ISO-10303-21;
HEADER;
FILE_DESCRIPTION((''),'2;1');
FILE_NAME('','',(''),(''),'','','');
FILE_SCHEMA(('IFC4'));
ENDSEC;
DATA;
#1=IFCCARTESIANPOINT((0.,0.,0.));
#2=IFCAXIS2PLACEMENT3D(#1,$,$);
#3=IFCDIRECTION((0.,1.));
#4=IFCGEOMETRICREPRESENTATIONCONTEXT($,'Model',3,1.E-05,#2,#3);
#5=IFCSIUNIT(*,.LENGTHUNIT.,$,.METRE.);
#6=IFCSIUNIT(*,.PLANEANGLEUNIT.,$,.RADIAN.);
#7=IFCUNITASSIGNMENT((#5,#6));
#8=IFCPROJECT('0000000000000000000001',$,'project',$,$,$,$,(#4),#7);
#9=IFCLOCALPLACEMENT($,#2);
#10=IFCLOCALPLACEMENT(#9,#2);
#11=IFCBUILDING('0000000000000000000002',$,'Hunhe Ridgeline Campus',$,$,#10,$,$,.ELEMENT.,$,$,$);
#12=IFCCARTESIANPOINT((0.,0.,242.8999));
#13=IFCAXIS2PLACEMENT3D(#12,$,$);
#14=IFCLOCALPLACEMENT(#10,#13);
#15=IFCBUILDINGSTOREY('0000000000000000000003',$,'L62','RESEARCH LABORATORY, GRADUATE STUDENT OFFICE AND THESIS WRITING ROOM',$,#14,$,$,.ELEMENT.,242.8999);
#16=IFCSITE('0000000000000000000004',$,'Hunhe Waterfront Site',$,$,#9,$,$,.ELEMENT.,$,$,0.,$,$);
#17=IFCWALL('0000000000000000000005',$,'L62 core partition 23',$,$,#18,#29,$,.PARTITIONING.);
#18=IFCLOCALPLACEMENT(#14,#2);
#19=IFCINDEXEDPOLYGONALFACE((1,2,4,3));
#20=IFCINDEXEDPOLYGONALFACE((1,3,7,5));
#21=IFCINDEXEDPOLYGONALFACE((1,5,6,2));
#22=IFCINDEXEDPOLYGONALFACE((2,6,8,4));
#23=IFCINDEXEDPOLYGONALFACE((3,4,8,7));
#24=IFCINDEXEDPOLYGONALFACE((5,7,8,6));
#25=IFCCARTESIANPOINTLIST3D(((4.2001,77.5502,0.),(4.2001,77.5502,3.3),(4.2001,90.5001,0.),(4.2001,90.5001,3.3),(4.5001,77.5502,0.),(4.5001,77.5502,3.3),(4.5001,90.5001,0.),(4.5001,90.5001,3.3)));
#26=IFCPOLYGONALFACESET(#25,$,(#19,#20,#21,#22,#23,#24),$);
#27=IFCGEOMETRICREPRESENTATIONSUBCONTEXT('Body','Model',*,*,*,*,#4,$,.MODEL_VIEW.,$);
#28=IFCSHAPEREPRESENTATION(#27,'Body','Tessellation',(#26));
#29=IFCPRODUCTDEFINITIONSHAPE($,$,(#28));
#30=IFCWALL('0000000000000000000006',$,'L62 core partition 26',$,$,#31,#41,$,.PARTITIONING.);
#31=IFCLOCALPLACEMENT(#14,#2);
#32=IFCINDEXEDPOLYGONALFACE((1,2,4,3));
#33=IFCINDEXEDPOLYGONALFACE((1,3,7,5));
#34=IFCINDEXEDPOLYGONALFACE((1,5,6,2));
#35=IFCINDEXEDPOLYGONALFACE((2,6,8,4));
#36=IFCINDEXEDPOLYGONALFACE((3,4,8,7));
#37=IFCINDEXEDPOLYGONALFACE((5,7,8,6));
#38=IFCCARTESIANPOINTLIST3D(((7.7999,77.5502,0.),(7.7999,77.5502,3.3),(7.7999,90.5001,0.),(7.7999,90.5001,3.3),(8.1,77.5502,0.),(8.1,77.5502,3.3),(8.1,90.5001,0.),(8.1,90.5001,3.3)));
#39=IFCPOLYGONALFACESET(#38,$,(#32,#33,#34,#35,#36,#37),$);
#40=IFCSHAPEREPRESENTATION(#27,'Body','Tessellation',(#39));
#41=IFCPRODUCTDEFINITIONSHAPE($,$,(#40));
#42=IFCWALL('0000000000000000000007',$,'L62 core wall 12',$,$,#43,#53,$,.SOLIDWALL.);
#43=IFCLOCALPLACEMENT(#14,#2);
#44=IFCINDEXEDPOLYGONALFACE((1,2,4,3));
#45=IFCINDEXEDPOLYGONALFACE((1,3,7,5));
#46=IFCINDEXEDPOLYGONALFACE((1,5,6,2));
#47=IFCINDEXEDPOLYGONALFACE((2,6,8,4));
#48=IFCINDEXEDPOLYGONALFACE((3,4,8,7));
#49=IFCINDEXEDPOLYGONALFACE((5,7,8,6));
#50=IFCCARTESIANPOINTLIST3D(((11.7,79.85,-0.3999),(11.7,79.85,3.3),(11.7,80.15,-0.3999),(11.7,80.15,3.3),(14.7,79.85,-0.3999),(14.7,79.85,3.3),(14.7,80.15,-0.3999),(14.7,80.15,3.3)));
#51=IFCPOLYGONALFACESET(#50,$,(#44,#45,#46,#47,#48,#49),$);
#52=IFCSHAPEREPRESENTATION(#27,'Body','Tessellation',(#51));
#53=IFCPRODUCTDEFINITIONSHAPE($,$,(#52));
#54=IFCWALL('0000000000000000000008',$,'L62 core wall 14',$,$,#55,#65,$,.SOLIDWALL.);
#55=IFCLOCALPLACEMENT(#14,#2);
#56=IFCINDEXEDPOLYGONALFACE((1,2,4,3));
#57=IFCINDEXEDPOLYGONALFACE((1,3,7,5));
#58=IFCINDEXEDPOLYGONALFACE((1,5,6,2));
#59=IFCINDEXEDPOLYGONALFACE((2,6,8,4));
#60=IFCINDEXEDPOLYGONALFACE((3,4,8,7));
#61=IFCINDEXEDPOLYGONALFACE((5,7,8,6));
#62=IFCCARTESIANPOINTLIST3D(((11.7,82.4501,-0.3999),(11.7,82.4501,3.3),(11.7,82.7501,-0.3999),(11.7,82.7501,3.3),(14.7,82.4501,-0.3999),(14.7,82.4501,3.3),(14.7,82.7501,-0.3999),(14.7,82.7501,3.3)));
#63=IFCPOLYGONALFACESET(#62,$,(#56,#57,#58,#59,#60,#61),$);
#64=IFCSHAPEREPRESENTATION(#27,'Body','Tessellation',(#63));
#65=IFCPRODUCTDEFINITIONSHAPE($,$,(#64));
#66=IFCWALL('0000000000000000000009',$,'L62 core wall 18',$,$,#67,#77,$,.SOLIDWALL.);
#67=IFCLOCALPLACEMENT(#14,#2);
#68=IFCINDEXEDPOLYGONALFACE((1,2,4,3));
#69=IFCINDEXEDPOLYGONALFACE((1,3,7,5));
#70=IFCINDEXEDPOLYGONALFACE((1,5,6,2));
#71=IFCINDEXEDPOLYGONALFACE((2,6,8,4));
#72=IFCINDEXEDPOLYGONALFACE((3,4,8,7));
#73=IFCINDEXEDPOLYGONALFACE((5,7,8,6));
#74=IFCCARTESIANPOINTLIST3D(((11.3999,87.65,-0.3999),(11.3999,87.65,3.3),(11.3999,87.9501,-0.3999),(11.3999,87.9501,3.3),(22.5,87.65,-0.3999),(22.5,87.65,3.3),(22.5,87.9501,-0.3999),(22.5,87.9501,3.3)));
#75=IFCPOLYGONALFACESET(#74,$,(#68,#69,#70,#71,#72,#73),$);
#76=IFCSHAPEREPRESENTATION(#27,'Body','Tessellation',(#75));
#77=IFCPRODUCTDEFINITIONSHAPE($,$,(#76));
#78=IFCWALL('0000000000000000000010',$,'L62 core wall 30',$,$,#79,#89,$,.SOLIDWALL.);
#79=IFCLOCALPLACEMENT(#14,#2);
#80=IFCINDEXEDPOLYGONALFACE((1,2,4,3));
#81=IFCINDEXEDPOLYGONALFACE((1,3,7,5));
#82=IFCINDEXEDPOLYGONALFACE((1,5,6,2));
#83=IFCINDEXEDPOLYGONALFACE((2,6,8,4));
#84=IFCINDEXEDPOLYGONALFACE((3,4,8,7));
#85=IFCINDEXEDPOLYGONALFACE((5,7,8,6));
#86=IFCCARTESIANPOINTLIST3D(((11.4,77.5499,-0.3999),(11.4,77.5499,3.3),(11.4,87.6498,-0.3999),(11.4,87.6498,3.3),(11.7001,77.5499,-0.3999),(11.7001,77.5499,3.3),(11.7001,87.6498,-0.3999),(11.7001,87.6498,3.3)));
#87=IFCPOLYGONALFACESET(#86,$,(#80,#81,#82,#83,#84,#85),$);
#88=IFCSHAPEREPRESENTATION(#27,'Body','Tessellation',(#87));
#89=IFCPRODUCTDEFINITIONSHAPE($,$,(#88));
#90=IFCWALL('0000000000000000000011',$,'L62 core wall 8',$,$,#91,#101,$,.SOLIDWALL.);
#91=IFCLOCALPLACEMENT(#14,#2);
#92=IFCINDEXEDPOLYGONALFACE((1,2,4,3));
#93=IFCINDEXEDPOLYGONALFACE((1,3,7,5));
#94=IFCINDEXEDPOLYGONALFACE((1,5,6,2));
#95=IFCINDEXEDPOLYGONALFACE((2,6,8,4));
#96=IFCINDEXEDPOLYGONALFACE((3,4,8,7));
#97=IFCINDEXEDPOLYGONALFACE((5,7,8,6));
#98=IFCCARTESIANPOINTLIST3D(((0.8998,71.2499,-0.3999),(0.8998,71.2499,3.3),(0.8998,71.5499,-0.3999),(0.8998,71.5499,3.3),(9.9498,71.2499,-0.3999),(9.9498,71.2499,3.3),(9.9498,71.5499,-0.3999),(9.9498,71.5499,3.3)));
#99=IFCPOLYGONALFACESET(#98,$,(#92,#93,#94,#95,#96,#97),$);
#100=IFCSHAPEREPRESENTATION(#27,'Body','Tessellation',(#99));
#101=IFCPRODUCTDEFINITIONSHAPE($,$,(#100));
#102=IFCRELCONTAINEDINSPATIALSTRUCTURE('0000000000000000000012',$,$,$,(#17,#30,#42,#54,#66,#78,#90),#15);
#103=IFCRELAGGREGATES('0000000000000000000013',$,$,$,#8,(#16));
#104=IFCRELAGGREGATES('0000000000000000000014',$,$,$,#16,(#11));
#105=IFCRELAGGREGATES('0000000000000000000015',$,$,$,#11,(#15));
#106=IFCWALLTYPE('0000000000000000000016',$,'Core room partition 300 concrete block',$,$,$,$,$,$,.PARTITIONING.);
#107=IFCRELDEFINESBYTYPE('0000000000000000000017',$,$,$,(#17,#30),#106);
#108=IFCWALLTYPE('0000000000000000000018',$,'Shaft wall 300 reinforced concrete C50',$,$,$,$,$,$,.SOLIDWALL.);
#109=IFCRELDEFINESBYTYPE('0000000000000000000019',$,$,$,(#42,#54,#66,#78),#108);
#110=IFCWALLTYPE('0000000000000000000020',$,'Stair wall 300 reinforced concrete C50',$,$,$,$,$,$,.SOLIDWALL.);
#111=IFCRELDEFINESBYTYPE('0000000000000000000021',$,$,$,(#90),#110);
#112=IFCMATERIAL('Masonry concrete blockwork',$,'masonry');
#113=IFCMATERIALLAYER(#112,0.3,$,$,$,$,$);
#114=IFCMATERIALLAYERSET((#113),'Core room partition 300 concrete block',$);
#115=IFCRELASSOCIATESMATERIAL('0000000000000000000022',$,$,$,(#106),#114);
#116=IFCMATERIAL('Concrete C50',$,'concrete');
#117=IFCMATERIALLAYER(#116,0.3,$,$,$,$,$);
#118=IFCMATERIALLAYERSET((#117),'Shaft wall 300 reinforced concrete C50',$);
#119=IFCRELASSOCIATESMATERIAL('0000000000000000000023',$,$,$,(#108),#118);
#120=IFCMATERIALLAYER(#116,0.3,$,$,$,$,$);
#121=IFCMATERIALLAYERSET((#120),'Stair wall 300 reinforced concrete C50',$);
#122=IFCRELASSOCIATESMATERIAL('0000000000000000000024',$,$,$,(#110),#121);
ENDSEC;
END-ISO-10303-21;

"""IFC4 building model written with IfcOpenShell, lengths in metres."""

from ifc_helpers import new_model, si_unit, direction, frame, frame_2d, origin, place, context, subcontext, project, spatial, rectangle, extrude, material, layer, layer_set, type_object, element, save


model = new_model("IFC4")

# Units and contexts
model_context = context("Model", 3, precision=1e-05, world=origin(), true_north=direction((0.0, 1.0)))
body_context = subcontext(model_context, "Body", "Model", "MODEL_VIEW")
ifc_project = project(units=[si_unit("LENGTHUNIT", "METRE"), si_unit("PLANEANGLEUNIT", "RADIAN")], contexts=[model_context])

# Site, building, storey
site_placement = place(None, origin())
site = spatial("IfcSite", under=ifc_project, at=site_placement, Name="Hunhe Waterfront Site", CompositionType="ELEMENT", RefElevation=0.0)
building_placement = place(site_placement, origin())
building = spatial("IfcBuilding", under=site, at=building_placement, Name="Hunhe Ridgeline Campus", CompositionType="ELEMENT")
storey_placement = place(building_placement, frame((0.0, 0.0, 242.8999)))
storey = spatial("IfcBuildingStorey", under=building, at=storey_placement, Name="L62", Description="RESEARCH LABORATORY, GRADUATE STUDENT OFFICE AND THESIS WRITING ROOM", CompositionType="ELEMENT", Elevation=242.8999)

# Shared definitions
ifc_material_1 = material(Name="Masonry concrete blockwork", Category="masonry")
ifc_layer_1 = layer(ifc_material_1, 0.3)
ifc_layer_set_1 = layer_set([ifc_layer_1], Name="Core room partition 300 concrete block")
wall_type_1 = type_object("IfcWallType", Name="Core room partition 300 concrete block", PredefinedType="PARTITIONING", material=ifc_layer_set_1)

# Walls
for number, where, z_axis, x_axis, name in (
    (1, (4.3501, 77.55, 0.0), (0.0, 0.0, 1.0), (0.0, 1.0, 0.0), "L62 core partition 23"),
    (2, (7.95, 77.55, 0.0), (0.0, 0.0, 1.0), (0.0, 1.0, 0.0), "L62 core partition 26"),
):
    element("IfcWall", number, at=place(storey_placement, frame(where, z_axis=z_axis, x_axis=x_axis)), inside=storey, type_object=wall_type_1, Name=name, PredefinedType="PARTITIONING", context=body_context, shape_type="SweptSolid", body=[
        extrude(rectangle(XDim=12.95, YDim=0.3, at=frame_2d((6.4751, 0.0))), origin(), (0.0, 0.0, 1.0), 3.3),
    ])

# Shared definitions
ifc_material_2 = material(Name="Concrete C50", Category="concrete")
ifc_layer_2 = layer(ifc_material_2, 0.3)
ifc_layer_set_2 = layer_set([ifc_layer_2], Name="Shaft wall 300 reinforced concrete C50")
wall_type_2 = type_object("IfcWallType", Name="Shaft wall 300 reinforced concrete C50", PredefinedType="SOLIDWALL", material=ifc_layer_set_2)

# Walls
for number, where, z_axis, x_axis, name in (
    (3, (11.7, 80.0, -0.3999), (0.0, 0.0, 1.0), (1.0, 0.0, 0.0), "L62 core wall 12"),
    (4, (11.7, 82.6001, -0.3999), (0.0, 0.0, 1.0), (1.0, 0.0, 0.0), "L62 core wall 14"),
):
    element("IfcWall", number, at=place(storey_placement, frame(where, z_axis=z_axis, x_axis=x_axis)), inside=storey, type_object=wall_type_2, Name=name, PredefinedType="SOLIDWALL", context=body_context, shape_type="SweptSolid", body=[
        extrude(rectangle(XDim=3.0, YDim=0.3, at=frame_2d((1.5, 0.0))), origin(), (0.0, 0.0, 1.0), 3.7),
    ])
wall_1_placement = place(storey_placement, frame((11.3999, 87.8, -0.3999), z_axis=(0.0, 0.0, 1.0), x_axis=(1.0, 0.0, 0.0)))
element("IfcWall", 5, at=wall_1_placement, inside=storey, type_object=wall_type_2, Name="L62 core wall 18", PredefinedType="SOLIDWALL", context=body_context, shape_type="SweptSolid", body=[
    extrude(rectangle(XDim=11.1001, YDim=0.3, at=frame_2d((5.55, 0.0))), origin(), (0.0, 0.0, 1.0), 3.7),
])
wall_2_placement = place(storey_placement, frame((11.55, 77.55, -0.3999), z_axis=(0.0, 0.0, 1.0), x_axis=(0.0, 1.0, 0.0)))
element("IfcWall", 6, at=wall_2_placement, inside=storey, type_object=wall_type_2, Name="L62 core wall 30", PredefinedType="SOLIDWALL", context=body_context, shape_type="SweptSolid", body=[
    extrude(rectangle(XDim=10.0999, YDim=0.3, at=frame_2d((5.0498, 0.0))), origin(), (0.0, 0.0, 1.0), 3.7),
])
ifc_layer_3 = layer(ifc_material_2, 0.3)
ifc_layer_set_3 = layer_set([ifc_layer_3], Name="Stair wall 300 reinforced concrete C50")
wall_type_3 = type_object("IfcWallType", Name="Stair wall 300 reinforced concrete C50", PredefinedType="SOLIDWALL", material=ifc_layer_set_3)
wall_3_placement = place(storey_placement, frame((0.8999, 71.3999, -0.3999), z_axis=(0.0, 0.0, 1.0), x_axis=(1.0, 0.0, 0.0)))
element("IfcWall", 7, at=wall_3_placement, inside=storey, type_object=wall_type_3, Name="L62 core wall 8", PredefinedType="SOLIDWALL", context=body_context, shape_type="SweptSolid", body=[
    extrude(rectangle(XDim=9.05, YDim=0.3, at=frame_2d((4.5249, 0.0))), origin(), (0.0, 0.0, 1.0), 3.7),
])

save(model, "model.ifc")
